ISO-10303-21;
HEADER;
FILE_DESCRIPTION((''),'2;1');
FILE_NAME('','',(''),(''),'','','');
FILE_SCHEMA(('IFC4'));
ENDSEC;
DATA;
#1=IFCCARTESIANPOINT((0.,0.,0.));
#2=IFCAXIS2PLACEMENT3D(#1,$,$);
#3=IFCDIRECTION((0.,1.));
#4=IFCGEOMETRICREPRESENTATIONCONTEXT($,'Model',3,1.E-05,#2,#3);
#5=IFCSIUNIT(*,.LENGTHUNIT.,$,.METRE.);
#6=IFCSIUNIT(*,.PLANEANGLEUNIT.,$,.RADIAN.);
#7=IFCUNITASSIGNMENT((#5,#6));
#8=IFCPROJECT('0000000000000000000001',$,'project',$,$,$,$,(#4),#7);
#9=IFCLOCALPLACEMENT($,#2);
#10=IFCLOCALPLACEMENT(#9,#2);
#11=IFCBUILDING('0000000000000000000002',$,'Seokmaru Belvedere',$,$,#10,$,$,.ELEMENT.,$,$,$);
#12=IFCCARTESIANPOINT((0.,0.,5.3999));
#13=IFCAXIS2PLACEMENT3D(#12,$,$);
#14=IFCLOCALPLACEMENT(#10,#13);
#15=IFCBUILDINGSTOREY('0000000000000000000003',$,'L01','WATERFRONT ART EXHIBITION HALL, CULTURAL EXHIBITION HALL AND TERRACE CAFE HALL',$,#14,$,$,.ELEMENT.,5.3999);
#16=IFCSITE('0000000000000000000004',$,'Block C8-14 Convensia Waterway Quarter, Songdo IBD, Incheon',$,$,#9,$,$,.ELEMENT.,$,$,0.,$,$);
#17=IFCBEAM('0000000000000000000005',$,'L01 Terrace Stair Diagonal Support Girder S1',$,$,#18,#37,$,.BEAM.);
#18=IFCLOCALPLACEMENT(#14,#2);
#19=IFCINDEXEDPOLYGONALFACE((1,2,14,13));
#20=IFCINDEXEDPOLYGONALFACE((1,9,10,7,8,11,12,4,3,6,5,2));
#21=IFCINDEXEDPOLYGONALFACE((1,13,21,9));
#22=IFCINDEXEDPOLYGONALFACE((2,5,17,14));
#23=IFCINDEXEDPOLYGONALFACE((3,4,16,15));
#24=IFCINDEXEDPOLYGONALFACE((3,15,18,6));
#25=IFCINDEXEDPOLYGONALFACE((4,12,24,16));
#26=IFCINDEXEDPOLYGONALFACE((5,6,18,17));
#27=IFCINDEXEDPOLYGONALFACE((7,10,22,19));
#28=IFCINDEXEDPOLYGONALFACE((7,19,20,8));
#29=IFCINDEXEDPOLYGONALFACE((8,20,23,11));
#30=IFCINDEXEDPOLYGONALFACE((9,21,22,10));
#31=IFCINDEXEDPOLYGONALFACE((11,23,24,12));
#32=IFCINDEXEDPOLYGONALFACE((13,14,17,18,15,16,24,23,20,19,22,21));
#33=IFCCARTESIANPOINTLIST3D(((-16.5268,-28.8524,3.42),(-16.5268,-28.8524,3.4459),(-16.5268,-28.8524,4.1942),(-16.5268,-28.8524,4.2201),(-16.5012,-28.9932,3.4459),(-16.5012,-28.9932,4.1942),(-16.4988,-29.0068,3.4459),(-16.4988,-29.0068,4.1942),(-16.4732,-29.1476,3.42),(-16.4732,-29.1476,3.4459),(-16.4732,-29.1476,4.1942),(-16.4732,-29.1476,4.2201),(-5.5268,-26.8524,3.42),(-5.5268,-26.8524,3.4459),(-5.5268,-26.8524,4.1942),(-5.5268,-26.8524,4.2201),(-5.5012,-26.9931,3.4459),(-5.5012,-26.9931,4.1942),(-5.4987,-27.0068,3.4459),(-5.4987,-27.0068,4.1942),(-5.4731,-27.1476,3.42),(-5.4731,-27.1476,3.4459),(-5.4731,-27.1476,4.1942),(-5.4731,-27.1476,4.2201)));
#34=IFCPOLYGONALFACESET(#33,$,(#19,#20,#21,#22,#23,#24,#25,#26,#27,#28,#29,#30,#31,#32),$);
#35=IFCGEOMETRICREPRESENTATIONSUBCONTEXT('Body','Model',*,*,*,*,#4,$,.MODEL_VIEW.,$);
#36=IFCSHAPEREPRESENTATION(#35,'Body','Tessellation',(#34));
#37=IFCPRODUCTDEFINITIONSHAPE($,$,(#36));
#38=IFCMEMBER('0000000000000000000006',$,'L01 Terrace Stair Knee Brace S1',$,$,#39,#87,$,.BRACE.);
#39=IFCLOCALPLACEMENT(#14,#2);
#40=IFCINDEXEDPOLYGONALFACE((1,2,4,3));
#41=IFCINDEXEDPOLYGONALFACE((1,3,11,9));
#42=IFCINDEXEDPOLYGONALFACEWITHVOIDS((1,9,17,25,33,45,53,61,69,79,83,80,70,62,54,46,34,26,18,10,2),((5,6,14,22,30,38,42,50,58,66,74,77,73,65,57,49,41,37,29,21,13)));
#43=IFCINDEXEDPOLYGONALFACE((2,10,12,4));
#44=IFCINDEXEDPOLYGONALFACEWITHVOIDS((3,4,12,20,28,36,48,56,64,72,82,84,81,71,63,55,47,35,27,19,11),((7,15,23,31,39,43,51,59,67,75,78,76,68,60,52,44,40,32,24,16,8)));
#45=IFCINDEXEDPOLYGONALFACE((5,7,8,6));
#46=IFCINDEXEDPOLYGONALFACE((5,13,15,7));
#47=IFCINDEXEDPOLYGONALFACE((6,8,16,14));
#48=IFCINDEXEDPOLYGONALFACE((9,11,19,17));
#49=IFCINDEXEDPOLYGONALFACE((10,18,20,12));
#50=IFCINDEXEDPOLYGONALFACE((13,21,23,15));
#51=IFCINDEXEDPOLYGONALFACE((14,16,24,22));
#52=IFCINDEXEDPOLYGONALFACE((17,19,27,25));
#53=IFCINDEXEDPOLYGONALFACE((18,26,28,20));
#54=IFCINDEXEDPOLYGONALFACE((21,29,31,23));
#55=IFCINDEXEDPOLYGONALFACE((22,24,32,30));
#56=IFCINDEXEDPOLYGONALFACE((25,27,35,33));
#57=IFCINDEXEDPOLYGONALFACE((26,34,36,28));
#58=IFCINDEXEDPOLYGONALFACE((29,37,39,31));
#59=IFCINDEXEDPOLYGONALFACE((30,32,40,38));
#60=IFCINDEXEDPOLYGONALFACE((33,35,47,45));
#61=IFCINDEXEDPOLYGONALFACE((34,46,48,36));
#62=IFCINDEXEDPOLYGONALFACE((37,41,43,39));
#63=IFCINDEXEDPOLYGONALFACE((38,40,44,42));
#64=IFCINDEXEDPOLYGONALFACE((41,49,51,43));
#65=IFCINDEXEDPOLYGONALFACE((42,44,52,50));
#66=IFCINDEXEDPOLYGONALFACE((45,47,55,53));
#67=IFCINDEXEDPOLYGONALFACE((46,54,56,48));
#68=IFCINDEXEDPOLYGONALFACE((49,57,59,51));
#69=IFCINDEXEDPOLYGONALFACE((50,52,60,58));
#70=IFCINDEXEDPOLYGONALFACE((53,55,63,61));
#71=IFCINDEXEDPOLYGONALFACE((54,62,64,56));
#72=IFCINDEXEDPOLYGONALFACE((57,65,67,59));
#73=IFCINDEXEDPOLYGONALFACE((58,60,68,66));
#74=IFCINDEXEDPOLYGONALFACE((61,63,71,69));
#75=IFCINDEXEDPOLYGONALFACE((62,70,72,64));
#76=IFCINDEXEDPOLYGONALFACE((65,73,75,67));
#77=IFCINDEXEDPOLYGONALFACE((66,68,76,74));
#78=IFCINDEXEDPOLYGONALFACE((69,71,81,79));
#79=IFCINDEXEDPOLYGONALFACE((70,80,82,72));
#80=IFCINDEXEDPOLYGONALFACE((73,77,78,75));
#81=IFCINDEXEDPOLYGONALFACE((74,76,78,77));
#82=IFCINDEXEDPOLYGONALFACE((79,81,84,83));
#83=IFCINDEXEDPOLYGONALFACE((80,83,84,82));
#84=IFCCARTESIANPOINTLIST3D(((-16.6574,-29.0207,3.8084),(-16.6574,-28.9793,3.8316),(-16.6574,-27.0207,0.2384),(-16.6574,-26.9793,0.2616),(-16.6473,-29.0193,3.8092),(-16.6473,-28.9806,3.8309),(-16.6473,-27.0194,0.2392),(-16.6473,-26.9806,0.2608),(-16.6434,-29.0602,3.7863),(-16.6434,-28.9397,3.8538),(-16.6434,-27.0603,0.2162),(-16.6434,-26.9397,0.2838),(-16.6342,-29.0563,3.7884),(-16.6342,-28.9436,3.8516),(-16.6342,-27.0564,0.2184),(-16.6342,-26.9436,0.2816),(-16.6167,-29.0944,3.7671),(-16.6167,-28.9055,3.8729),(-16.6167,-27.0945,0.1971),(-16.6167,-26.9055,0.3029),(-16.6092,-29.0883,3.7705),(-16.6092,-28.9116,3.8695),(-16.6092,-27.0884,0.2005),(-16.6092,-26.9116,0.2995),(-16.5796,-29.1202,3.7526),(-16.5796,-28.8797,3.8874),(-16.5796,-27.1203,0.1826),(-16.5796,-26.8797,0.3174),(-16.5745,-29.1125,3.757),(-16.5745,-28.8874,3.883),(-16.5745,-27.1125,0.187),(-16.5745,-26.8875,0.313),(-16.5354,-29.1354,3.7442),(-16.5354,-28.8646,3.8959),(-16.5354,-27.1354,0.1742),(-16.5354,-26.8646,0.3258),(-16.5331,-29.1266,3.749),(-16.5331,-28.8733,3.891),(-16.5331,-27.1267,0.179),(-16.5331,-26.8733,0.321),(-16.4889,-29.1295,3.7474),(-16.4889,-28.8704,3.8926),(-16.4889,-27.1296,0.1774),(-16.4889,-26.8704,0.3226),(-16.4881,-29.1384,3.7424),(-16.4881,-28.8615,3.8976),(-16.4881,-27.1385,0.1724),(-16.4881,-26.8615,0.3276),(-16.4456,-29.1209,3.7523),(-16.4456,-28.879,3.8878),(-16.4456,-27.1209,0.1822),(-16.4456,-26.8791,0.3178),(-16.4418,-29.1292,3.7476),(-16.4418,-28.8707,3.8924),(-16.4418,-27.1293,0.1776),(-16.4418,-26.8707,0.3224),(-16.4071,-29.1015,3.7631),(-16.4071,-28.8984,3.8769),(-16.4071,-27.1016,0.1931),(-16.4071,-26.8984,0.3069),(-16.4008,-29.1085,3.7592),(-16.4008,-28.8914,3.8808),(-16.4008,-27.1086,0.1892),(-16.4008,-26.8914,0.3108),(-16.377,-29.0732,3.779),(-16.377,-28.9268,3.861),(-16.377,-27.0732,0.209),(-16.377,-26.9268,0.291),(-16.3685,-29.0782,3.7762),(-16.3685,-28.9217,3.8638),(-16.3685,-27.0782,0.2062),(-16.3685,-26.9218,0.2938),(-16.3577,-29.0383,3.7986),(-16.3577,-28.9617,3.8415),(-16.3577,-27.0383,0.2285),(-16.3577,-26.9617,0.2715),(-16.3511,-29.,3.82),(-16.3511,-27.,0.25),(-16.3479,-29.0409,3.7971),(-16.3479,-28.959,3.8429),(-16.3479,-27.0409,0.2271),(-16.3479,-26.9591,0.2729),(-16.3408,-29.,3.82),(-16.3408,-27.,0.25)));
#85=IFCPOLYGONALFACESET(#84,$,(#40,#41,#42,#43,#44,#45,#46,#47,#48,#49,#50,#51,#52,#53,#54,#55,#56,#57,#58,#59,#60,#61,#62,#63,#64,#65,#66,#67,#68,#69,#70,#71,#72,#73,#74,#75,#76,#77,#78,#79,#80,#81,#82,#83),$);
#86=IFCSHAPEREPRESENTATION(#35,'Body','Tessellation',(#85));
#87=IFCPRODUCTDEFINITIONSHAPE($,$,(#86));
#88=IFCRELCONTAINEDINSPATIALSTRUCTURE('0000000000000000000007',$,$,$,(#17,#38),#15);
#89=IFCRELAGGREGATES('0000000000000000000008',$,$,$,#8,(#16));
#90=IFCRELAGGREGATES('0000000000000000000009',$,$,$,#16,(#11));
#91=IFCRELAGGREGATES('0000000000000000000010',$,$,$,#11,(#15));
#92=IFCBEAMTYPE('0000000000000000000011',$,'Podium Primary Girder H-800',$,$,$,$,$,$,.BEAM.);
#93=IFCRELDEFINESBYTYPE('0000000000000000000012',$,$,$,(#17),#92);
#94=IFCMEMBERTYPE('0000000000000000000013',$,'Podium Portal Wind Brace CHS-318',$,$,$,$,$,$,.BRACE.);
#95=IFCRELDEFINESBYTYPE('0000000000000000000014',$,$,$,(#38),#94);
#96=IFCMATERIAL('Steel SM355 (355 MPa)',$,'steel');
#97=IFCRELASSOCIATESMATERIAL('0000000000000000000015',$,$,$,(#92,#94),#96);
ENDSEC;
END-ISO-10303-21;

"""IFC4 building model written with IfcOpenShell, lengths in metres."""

from ifc_helpers import new_model, si_unit, direction, frame, origin, origin_2d, place, context, subcontext, project, spatial, hollow_circle, i_section, extrude, source, transform, mapped, material, material_profile, profile_set, type_object, element, save


model = new_model("IFC4")

# Units and contexts
model_context = context("Model", 3, precision=1e-05, world=origin(), true_north=direction((0.0, 1.0)))
body_context = subcontext(model_context, "Body", "Model", "MODEL_VIEW")
ifc_project = project(units=[si_unit("LENGTHUNIT", "METRE"), si_unit("PLANEANGLEUNIT", "RADIAN")], contexts=[model_context])

# Site, building, storey
site_placement = place(None, origin())
site = spatial("IfcSite", under=ifc_project, at=site_placement, Name="Block C8-14 Convensia Waterway Quarter, Songdo IBD, Incheon", CompositionType="ELEMENT", RefElevation=0.0)
building_placement = place(site_placement, origin())
building = spatial("IfcBuilding", under=site, at=building_placement, Name="Seokmaru Belvedere", CompositionType="ELEMENT")
storey_placement = place(building_placement, frame((0.0, 0.0, 5.3999)))
storey = spatial("IfcBuildingStorey", under=building, at=storey_placement, Name="L01", Description="WATERFRONT ART EXHIBITION HALL, CULTURAL EXHIBITION HALL AND TERRACE CAFE HALL", CompositionType="ELEMENT", Elevation=5.3999)

# Shared definitions
ifc_material_1 = material(Name="Steel SM355 (355 MPa)", Category="steel")
ifc_material_profile_1 = material_profile(ifc_material_1, i_section(OverallWidth=0.3, OverallDepth=0.8, WebThickness=0.0139, FlangeThickness=0.0259, at=origin_2d()), Name="H-800x300x14x26")
ifc_profile_set_1 = profile_set([ifc_material_profile_1], Name="Steel SM355 (355 MPa)")
beam_type_1 = type_object("IfcBeamType", Name="Podium Primary Girder H-800", PredefinedType="BEAM", material=ifc_profile_set_1)

# Shared definitions
ifc_material_profile_2 = material_profile(ifc_material_1, hollow_circle(Radius=0.1592, WallThickness=0.0103, at=origin_2d()), Name="CHS-318.5x10.3")
ifc_profile_set_2 = profile_set([ifc_material_profile_2], Name="Steel SM355 (355 MPa)")
member_type = type_object("IfcMemberType", Name="Podium Portal Wind Brace CHS-318", PredefinedType="BRACE", material=ifc_profile_set_2)

# Beam
shared_shape_1 = source(origin(), body_context, "Body", "SweptSolid", [
    extrude(i_section(OverallWidth=0.3, OverallDepth=0.8, WebThickness=0.0139, FlangeThickness=0.0259, at=origin_2d()), origin(), (0.0, 0.0, 1.0), 11.1804),
])
beam_1_placement = place(storey_placement, frame((-16.5, -29.0, 3.8201), z_axis=(0.98387, 0.178885, 0.0), x_axis=(-0.178885, 0.98387, 0.0)))
element("IfcBeam", 1, at=beam_1_placement, inside=storey, type_object=beam_type_1, Name="L01 Terrace Stair Diagonal Support Girder S1", PredefinedType="BEAM", context=body_context, shape_type="MappedRepresentation", body=[
    mapped(shared_shape_1, transform((0.0, 0.0, 0.0), scale=1.0)),
])

# Member
shared_shape_2 = source(origin(), body_context, "Body", "SweptSolid", [
    extrude(hollow_circle(Radius=0.1592, WallThickness=0.0103, at=origin_2d()), origin(), (0.0, 0.0, 1.0), 4.092),
])
member_1_placement = place(storey_placement, frame((-16.5, -27.0, 0.25), z_axis=(0.0, -0.488745, 0.872427), x_axis=(1.0, 0.0, 0.0)))
element("IfcMember", 2, at=member_1_placement, inside=storey, type_object=member_type, Name="L01 Terrace Stair Knee Brace S1", PredefinedType="BRACE", context=body_context, shape_type="MappedRepresentation", body=[
    mapped(shared_shape_2, transform((0.0, 0.0, 0.0), scale=1.0)),
])

save(model, "model.ifc")
